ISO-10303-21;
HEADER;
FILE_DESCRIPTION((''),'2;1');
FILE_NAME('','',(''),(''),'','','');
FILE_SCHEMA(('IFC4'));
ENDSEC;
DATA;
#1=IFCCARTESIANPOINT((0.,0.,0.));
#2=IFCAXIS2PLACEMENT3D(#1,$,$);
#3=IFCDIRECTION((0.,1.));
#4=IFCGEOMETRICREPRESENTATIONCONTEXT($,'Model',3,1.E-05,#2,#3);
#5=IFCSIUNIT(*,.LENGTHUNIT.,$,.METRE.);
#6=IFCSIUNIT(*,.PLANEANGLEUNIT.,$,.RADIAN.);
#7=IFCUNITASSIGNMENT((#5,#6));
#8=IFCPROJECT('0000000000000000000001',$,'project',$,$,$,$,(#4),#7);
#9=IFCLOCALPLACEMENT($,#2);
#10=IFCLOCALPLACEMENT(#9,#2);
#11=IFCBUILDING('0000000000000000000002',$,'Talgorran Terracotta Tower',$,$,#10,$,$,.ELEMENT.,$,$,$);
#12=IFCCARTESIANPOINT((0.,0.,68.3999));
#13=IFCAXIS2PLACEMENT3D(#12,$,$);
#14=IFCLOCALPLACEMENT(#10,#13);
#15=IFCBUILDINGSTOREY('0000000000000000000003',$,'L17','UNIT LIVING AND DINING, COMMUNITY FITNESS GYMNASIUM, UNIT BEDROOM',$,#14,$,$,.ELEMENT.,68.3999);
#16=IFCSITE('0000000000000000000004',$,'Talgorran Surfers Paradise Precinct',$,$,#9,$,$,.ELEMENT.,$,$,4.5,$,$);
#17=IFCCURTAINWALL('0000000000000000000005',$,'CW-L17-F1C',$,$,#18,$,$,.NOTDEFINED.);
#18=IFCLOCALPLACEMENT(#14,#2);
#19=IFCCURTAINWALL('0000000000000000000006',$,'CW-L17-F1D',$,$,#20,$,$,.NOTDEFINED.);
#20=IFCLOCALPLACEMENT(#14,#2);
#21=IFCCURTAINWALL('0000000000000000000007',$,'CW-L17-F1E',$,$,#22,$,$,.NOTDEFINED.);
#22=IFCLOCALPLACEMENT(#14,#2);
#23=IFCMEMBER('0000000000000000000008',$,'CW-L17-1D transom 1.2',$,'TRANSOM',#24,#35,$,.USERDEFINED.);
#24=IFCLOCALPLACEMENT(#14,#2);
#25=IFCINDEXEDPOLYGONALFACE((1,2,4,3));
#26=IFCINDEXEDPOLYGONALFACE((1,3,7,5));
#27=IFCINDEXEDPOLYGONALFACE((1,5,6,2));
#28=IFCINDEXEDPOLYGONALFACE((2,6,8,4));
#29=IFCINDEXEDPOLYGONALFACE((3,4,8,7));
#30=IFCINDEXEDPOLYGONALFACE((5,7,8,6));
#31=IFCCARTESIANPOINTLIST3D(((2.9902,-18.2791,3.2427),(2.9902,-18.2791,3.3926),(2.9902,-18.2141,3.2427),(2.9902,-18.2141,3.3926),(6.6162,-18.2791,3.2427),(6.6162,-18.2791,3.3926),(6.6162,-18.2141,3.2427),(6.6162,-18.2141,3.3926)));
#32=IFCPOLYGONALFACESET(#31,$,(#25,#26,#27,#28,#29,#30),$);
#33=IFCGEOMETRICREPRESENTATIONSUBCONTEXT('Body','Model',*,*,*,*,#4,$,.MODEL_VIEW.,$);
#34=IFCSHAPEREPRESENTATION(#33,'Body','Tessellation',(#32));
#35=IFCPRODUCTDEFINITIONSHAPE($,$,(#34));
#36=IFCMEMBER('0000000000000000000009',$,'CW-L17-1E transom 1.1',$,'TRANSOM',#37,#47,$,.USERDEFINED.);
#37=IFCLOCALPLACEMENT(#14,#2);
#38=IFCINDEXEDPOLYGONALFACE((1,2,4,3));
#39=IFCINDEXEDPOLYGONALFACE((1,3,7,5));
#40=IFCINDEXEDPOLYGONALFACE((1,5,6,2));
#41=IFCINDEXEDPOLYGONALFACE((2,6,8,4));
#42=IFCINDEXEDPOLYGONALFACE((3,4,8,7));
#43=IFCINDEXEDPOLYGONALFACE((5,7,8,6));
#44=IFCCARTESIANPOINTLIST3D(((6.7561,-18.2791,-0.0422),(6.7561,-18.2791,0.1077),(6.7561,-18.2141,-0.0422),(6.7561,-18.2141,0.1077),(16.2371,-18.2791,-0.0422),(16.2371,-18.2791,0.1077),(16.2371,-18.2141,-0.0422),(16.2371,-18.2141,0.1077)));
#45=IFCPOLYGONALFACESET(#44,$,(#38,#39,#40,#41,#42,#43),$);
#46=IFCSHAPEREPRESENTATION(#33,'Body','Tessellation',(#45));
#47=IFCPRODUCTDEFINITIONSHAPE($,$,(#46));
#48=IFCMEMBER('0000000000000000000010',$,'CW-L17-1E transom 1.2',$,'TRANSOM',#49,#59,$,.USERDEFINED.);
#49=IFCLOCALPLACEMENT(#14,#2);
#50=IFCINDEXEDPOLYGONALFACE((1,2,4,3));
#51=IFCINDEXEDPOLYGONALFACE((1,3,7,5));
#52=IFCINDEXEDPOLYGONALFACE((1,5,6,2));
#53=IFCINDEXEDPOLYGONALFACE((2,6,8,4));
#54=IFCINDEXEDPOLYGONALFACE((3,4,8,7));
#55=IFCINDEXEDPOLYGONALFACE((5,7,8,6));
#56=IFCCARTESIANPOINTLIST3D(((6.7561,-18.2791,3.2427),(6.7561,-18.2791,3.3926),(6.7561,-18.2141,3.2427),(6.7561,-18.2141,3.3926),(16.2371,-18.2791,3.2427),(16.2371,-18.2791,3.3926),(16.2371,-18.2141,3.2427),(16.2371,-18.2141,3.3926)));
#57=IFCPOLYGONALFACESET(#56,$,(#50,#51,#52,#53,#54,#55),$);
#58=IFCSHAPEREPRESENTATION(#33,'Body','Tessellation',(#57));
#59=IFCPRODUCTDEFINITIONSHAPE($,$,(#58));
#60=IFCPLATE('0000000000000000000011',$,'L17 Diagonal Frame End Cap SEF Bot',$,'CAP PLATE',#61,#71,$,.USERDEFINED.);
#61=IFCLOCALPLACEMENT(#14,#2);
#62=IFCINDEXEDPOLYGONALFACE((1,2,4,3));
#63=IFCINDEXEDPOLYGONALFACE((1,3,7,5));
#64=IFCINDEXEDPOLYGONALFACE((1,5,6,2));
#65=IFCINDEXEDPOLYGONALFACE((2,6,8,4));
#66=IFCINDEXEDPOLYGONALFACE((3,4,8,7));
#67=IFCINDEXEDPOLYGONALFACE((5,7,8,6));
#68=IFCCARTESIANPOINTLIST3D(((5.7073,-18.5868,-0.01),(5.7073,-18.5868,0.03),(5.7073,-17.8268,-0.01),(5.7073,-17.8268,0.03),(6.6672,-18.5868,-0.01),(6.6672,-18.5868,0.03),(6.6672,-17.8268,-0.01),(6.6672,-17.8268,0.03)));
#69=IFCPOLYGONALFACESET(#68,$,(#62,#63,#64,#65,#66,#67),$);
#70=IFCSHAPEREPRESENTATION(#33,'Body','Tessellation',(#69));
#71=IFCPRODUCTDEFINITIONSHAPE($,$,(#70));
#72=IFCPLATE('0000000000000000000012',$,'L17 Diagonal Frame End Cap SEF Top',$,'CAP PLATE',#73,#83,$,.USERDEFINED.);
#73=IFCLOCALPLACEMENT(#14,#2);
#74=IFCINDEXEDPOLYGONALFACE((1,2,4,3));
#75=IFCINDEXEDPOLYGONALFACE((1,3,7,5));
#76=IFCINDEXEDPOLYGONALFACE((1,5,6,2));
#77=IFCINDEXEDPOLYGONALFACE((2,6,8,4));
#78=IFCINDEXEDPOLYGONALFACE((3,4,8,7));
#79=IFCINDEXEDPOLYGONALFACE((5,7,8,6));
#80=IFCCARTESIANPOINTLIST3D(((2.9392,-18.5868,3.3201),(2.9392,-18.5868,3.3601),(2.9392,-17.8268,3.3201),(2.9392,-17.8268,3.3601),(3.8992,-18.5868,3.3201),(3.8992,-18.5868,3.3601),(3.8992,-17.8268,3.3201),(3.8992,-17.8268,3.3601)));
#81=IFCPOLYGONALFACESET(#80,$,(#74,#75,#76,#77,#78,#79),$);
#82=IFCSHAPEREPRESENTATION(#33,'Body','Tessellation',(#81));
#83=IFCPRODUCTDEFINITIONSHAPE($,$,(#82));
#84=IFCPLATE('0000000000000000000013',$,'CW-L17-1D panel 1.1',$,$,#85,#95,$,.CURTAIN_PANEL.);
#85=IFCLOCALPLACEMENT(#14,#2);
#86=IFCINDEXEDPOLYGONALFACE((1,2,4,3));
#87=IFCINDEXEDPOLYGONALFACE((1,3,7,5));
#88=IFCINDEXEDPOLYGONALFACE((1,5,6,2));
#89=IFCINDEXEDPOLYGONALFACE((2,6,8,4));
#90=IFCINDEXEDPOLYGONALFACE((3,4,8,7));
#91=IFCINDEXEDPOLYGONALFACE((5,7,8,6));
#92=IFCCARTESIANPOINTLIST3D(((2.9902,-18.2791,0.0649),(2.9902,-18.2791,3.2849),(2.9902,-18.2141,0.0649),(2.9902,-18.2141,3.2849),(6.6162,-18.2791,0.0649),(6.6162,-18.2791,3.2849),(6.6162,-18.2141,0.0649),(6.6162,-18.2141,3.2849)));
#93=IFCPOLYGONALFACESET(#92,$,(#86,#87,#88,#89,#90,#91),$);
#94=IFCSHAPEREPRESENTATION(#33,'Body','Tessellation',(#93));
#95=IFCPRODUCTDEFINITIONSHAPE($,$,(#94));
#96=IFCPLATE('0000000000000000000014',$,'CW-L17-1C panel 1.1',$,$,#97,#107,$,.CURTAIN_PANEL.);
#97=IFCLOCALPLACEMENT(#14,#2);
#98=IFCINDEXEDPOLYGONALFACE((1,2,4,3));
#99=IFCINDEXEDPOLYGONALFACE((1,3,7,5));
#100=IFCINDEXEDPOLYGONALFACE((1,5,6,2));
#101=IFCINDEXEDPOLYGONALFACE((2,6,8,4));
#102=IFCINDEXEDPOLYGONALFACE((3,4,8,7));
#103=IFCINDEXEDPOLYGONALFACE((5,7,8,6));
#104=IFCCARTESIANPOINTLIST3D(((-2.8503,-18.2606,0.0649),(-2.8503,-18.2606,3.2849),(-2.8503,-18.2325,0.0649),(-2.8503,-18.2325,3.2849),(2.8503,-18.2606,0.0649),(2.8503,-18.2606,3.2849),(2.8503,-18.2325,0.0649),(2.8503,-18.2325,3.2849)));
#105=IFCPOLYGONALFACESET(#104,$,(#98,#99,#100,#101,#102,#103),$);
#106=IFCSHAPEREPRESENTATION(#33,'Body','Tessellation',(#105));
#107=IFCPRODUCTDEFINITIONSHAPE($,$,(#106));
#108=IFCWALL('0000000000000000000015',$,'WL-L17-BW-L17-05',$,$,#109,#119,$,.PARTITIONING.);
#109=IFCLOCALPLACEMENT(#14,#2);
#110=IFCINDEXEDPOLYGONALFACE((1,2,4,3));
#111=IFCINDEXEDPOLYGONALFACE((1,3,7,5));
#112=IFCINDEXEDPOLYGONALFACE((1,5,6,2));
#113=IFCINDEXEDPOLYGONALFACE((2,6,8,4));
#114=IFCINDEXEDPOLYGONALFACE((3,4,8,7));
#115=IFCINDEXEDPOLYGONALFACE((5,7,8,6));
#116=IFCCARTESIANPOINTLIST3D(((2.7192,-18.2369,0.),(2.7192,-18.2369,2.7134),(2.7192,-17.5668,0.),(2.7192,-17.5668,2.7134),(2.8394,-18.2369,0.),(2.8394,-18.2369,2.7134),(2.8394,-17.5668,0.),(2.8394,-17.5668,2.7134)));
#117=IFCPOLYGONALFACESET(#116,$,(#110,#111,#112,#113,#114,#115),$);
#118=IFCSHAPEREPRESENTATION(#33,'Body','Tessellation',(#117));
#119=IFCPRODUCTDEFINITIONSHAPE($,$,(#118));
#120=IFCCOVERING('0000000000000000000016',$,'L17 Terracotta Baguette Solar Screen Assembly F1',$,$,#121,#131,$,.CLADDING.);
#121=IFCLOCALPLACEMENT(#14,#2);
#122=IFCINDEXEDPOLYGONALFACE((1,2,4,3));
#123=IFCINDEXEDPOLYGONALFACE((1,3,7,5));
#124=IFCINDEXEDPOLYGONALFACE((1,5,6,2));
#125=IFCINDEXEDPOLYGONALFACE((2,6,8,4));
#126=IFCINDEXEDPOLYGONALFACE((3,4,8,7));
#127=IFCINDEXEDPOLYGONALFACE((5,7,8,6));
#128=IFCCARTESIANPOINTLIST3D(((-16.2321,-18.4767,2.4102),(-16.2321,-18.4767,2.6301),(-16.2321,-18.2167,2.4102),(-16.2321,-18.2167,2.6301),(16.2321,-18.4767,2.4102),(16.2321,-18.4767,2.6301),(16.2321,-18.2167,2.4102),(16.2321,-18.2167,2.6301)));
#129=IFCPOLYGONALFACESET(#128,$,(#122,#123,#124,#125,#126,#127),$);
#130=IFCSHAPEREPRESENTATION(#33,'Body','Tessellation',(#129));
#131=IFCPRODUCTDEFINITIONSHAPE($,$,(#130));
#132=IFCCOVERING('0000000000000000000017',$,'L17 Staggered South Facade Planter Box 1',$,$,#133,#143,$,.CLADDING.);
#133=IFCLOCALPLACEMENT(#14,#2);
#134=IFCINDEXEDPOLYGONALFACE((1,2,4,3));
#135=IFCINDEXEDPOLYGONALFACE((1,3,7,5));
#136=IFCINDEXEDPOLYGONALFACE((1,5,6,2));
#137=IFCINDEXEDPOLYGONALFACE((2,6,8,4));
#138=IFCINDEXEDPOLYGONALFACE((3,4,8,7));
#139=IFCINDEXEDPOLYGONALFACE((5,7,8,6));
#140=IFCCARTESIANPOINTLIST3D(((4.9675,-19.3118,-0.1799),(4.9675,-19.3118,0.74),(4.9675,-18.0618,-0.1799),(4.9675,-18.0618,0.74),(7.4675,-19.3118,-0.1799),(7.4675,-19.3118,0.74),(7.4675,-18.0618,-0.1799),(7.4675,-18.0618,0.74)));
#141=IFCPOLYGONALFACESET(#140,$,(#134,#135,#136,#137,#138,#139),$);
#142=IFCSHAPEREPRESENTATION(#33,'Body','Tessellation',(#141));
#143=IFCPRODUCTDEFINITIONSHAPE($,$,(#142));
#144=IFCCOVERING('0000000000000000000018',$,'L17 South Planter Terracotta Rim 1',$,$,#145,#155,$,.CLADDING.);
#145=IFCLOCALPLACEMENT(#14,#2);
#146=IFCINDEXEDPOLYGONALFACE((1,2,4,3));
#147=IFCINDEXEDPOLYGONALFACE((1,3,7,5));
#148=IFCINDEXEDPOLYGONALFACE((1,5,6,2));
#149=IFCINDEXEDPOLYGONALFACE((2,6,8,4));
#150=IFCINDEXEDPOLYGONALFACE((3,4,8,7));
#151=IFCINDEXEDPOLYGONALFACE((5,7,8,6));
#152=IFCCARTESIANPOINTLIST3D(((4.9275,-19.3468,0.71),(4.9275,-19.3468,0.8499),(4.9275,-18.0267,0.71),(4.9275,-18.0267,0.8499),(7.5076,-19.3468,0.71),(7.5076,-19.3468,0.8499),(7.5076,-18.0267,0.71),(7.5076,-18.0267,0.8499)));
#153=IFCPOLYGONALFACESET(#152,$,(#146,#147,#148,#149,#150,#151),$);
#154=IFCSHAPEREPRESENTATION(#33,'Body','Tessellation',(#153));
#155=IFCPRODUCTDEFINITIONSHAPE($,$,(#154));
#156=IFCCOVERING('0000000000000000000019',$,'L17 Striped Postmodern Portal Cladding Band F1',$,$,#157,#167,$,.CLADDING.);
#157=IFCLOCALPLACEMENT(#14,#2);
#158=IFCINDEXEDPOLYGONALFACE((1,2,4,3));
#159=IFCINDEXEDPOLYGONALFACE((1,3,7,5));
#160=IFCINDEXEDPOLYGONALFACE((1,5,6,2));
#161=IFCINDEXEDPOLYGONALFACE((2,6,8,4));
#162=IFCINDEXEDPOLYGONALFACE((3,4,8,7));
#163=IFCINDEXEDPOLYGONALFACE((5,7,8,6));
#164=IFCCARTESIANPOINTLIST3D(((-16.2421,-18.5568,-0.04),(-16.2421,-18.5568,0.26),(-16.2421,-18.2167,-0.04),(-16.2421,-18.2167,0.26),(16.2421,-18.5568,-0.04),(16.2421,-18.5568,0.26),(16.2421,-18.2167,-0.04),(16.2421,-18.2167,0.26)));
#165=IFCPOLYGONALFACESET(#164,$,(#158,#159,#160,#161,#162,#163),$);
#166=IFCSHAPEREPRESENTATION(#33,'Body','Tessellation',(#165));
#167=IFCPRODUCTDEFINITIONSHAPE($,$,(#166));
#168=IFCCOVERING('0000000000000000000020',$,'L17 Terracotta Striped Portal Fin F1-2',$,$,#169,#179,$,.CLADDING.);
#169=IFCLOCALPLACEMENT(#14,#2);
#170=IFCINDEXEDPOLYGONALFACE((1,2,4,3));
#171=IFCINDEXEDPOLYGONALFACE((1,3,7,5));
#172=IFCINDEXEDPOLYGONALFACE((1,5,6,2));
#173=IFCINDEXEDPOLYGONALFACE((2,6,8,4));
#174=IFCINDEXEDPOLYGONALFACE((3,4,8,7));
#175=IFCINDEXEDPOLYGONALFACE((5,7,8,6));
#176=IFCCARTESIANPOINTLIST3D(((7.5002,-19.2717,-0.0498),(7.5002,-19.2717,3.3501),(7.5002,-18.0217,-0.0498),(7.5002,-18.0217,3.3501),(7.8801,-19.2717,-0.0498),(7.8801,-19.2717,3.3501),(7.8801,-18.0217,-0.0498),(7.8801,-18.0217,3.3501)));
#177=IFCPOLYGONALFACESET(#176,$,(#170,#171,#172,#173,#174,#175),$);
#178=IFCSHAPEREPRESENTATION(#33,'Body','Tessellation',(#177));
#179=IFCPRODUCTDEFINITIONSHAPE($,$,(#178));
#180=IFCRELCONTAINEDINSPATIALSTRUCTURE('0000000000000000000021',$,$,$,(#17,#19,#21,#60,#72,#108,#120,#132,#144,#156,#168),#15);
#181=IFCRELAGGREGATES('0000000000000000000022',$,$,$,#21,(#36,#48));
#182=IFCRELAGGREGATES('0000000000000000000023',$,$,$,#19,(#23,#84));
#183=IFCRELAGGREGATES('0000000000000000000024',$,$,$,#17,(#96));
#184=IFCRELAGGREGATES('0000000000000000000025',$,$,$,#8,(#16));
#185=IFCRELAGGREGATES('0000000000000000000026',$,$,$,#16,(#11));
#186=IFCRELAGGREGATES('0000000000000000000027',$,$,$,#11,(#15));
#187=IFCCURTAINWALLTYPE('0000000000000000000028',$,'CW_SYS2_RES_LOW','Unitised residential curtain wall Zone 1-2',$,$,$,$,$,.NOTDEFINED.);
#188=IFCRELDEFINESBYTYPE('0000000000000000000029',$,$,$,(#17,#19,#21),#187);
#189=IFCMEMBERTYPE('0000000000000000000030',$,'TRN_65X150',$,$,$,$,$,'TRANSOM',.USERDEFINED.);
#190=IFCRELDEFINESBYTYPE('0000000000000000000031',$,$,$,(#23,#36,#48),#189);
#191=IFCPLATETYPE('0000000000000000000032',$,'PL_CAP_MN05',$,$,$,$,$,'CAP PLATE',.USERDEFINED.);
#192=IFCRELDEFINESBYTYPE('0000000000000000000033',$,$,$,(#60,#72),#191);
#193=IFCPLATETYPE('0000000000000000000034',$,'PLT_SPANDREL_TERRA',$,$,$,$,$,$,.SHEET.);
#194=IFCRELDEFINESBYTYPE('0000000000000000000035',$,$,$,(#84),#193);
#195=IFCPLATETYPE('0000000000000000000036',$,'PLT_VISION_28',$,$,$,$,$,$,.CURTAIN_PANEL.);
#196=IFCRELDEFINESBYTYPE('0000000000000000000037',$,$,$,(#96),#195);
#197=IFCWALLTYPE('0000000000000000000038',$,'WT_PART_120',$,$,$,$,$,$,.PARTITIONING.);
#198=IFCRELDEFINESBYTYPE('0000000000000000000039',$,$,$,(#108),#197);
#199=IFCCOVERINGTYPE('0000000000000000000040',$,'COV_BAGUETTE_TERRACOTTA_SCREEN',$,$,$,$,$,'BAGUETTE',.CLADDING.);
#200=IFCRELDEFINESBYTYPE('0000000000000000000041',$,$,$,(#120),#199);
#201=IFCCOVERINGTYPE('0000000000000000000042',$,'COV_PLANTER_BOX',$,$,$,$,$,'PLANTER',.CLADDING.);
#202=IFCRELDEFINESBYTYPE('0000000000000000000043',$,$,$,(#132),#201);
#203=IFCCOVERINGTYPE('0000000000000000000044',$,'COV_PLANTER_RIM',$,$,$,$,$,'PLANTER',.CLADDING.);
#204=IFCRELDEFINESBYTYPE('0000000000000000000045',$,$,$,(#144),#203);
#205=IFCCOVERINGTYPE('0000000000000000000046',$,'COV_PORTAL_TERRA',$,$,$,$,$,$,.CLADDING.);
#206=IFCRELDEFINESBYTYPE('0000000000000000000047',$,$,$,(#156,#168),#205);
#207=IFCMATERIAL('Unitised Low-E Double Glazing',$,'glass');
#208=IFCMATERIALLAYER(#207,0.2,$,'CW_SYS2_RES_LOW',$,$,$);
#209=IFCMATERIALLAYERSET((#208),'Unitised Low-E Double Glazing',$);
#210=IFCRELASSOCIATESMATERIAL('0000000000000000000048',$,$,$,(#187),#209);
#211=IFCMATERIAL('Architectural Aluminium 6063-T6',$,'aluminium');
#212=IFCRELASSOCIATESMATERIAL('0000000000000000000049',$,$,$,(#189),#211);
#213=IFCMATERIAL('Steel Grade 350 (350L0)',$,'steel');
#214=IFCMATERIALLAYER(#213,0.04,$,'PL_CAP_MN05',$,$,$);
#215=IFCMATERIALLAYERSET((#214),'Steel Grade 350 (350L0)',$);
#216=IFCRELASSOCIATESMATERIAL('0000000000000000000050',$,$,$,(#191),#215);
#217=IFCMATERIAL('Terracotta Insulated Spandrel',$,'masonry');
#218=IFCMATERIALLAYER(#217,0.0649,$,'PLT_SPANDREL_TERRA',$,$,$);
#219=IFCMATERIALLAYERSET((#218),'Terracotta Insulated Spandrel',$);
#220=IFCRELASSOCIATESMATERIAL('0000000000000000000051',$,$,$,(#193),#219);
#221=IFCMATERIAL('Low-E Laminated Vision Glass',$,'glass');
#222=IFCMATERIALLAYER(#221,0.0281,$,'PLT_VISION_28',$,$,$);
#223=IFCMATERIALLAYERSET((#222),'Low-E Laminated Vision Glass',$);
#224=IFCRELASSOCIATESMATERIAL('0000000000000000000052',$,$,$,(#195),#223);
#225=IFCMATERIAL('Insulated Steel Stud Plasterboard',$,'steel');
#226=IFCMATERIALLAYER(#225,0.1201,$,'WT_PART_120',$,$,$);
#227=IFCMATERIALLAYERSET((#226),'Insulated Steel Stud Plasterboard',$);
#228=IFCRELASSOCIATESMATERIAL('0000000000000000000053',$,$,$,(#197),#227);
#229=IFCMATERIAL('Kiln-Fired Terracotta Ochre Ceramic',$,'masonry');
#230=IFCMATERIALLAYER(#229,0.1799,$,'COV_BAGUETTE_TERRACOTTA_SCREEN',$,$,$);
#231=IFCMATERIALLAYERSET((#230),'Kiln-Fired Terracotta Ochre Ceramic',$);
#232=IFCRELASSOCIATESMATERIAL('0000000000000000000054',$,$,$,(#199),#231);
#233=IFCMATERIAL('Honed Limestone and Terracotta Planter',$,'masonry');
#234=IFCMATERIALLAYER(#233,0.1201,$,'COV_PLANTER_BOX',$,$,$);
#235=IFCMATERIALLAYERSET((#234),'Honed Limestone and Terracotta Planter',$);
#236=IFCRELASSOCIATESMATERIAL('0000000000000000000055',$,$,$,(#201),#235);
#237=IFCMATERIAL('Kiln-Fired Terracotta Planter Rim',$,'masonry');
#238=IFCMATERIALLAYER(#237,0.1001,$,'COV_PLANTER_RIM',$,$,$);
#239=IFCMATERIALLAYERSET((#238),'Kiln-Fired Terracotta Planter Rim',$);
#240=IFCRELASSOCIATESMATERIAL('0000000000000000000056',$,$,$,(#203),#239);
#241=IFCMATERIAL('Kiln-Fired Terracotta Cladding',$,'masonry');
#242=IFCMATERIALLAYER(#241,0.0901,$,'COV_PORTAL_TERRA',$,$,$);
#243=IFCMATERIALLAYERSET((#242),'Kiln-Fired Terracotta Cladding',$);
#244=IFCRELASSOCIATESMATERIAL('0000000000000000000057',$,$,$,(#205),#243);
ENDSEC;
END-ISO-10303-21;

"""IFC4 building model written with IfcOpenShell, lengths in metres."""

from ifc_helpers import new_model, si_unit, direction, frame, frame_2d, origin, origin_2d, place, context, subcontext, project, spatial, rectangle, extrude, source, transform, mapped, material, layer, layer_set, material_profile, profile_set, type_object, type_shapes, element, aggregate, save


model = new_model("IFC4")

# Units and contexts
model_context = context("Model", 3, precision=1e-05, world=origin(), true_north=direction((0.0, 1.0)))
body_context = subcontext(model_context, "Body", "Model", "MODEL_VIEW")
ifc_project = project(units=[si_unit("LENGTHUNIT", "METRE"), si_unit("PLANEANGLEUNIT", "RADIAN")], contexts=[model_context])

# Site, building, storey
site_placement = place(None, origin())
site = spatial("IfcSite", under=ifc_project, at=site_placement, Name="Talgorran Surfers Paradise Precinct", CompositionType="ELEMENT", RefElevation=4.5)
building_placement = place(site_placement, origin())
building = spatial("IfcBuilding", under=site, at=building_placement, Name="Talgorran Terracotta Tower", CompositionType="ELEMENT")
storey_placement = place(building_placement, frame((0.0, 0.0, 68.3999)))
storey = spatial("IfcBuildingStorey", under=building, at=storey_placement, Name="L17", Description="UNIT LIVING AND DINING, COMMUNITY FITNESS GYMNASIUM, UNIT BEDROOM", CompositionType="ELEMENT", Elevation=68.3999)

# Shared definitions
ifc_material_1 = material(Name="Steel Grade 350 (350L0)", Category="steel")

# Curtain wall
ifc_material_2 = material(Name="Unitised Low-E Double Glazing", Category="glass")
ifc_layer_1 = layer(ifc_material_2, 0.2, Name="CW_SYS2_RES_LOW")
ifc_layer_set_1 = layer_set([ifc_layer_1], Name="Unitised Low-E Double Glazing")
curtain_wall_type = type_object("IfcCurtainWallType", Name="CW_SYS2_RES_LOW", Description="Unitised residential curtain wall Zone 1-2", PredefinedType="NOTDEFINED", material=ifc_layer_set_1)
curtain_wall_1_placement = place(storey_placement, origin())
curtain_wall_1 = element("IfcCurtainWall", 1, at=curtain_wall_1_placement, inside=storey, type_object=curtain_wall_type, Name="CW-L17-F1C", PredefinedType="NOTDEFINED")
ifc_material_3 = material(Name="Architectural Aluminium 6063-T6", Category="aluminium")

# Curtain wall
curtain_wall_2_placement = place(storey_placement, origin())
curtain_wall_2 = element("IfcCurtainWall", 2, at=curtain_wall_2_placement, inside=storey, type_object=curtain_wall_type, Name="CW-L17-F1D", PredefinedType="NOTDEFINED")

# Curtain wall
curtain_wall_3_placement = place(storey_placement, origin())
curtain_wall_3 = element("IfcCurtainWall", 3, at=curtain_wall_3_placement, inside=storey, type_object=curtain_wall_type, Name="CW-L17-F1E", PredefinedType="NOTDEFINED")

# Members
ifc_material_profile_1 = material_profile(ifc_material_3, rectangle(XDim=0.0649, YDim=0.1499, at=origin_2d()), Name="CWT65X150")
ifc_profile_set_1 = profile_set([ifc_material_profile_1], Name="Architectural Aluminium 6063-T6")
member_type_1 = type_object("IfcMemberType", Name="TRN_65X150", ElementType="TRANSOM", PredefinedType="USERDEFINED", material=ifc_profile_set_1)
member_1_placement = place(storey_placement, frame((2.9902, -18.2466, 3.3176), z_axis=(1.0, 0.0, 0.0), x_axis=(0.0, 1.0, 0.0)))
member_1 = element("IfcMember", 4, at=member_1_placement, type_object=member_type_1, Name="CW-L17-1D transom 1.2", ObjectType="TRANSOM", PredefinedType="USERDEFINED", context=body_context, shape_type="SweptSolid", body=[
    extrude(rectangle(XDim=0.0649, YDim=0.1499, at=origin_2d()), origin(), (0.0, 0.0, 1.0), 3.626),
])
member_2_placement = place(storey_placement, frame((6.7561, -18.2466, 0.0327), z_axis=(1.0, 0.0, 0.0), x_axis=(0.0, 1.0, 0.0)))
member_2 = element("IfcMember", 5, at=member_2_placement, type_object=member_type_1, Name="CW-L17-1E transom 1.1", ObjectType="TRANSOM", PredefinedType="USERDEFINED", context=body_context, shape_type="SweptSolid", body=[
    extrude(rectangle(XDim=0.0649, YDim=0.1499, at=origin_2d()), origin(), (0.0, 0.0, 1.0), 9.481),
])
member_3_placement = place(storey_placement, frame((6.7561, -18.2466, 3.3176), z_axis=(1.0, 0.0, 0.0), x_axis=(0.0, 1.0, 0.0)))
member_3 = element("IfcMember", 6, at=member_3_placement, type_object=member_type_1, Name="CW-L17-1E transom 1.2", ObjectType="TRANSOM", PredefinedType="USERDEFINED", context=body_context, shape_type="SweptSolid", body=[
    extrude(rectangle(XDim=0.0649, YDim=0.1499, at=origin_2d()), origin(), (0.0, 0.0, 1.0), 9.481),
])
aggregate(curtain_wall_3, [member_2, member_3])

# Plates
ifc_layer_2 = layer(ifc_material_1, 0.04, Name="PL_CAP_MN05")
ifc_layer_set_2 = layer_set([ifc_layer_2], Name="Steel Grade 350 (350L0)")
plate_type_1 = type_object("IfcPlateType", Name="PL_CAP_MN05", ElementType="CAP PLATE", PredefinedType="USERDEFINED", material=ifc_layer_set_2)
for number, where, z_axis, x_axis, name in (
    (7, (6.1873, -18.2068, -0.01), (0.0, 0.0, 1.0), (-1.0, 0.0, 0.0), "L17 Diagonal Frame End Cap SEF Bot"),
    (8, (3.4192, -18.2068, 3.3201), (0.0, 0.0, 1.0), (-1.0, 0.0, 0.0), "L17 Diagonal Frame End Cap SEF Top"),
):
    element("IfcPlate", number, at=place(storey_placement, frame(where, z_axis=z_axis, x_axis=x_axis)), inside=storey, type_object=plate_type_1, Name=name, ObjectType="CAP PLATE", PredefinedType="USERDEFINED", context=body_context, shape_type="SweptSolid", body=[
        extrude(rectangle(XDim=0.96, YDim=0.76, at=origin_2d()), origin(), (0.0, 0.0, 1.0), 0.04),
    ])

# Plates
ifc_material_4 = material(Name="Terracotta Insulated Spandrel", Category="masonry")
ifc_layer_3 = layer(ifc_material_4, 0.0649, Name="PLT_SPANDREL_TERRA")
ifc_layer_set_3 = layer_set([ifc_layer_3], Name="Terracotta Insulated Spandrel")
plate_type_2 = type_object("IfcPlateType", Name="PLT_SPANDREL_TERRA", PredefinedType="SHEET", material=ifc_layer_set_3)
shared_shape_1 = source(origin(), body_context, "Body", "SweptSolid", [
    extrude(rectangle(XDim=3.626, YDim=0.0649, at=origin_2d()), origin(), (0.0, 0.0, 1.0), 3.22),
])
type_shapes(plate_type_2, [shared_shape_1])
plate_1_placement = place(storey_placement, frame((4.8032, -18.2466, 0.0649), z_axis=(0.0, 0.0, 1.0), x_axis=(1.0, 0.0, 0.0)))
plate_1 = element("IfcPlate", 9, at=plate_1_placement, type_object=plate_type_2, Name="CW-L17-1D panel 1.1", PredefinedType="CURTAIN_PANEL", context=body_context, shape_type="MappedRepresentation", body=[
    mapped(shared_shape_1, transform((0.0, 0.0, 0.0), scale=1.0)),
])
aggregate(curtain_wall_2, [member_1, plate_1])
ifc_material_5 = material(Name="Low-E Laminated Vision Glass", Category="glass")
ifc_layer_4 = layer(ifc_material_5, 0.0281, Name="PLT_VISION_28")
ifc_layer_set_4 = layer_set([ifc_layer_4], Name="Low-E Laminated Vision Glass")
plate_type_3 = type_object("IfcPlateType", Name="PLT_VISION_28", PredefinedType="CURTAIN_PANEL", material=ifc_layer_set_4)
shared_shape_2 = source(origin(), body_context, "Body", "SweptSolid", [
    extrude(rectangle(XDim=5.7007, YDim=0.0281, at=origin_2d()), origin(), (0.0, 0.0, 1.0), 3.22),
])
type_shapes(plate_type_3, [shared_shape_2])
plate_2_placement = place(storey_placement, frame((0.0, -18.2466, 0.0649), z_axis=(0.0, 0.0, 1.0), x_axis=(1.0, 0.0, 0.0)))
plate_2 = element("IfcPlate", 10, at=plate_2_placement, type_object=plate_type_3, Name="CW-L17-1C panel 1.1", PredefinedType="CURTAIN_PANEL", context=body_context, shape_type="MappedRepresentation", body=[
    mapped(shared_shape_2, transform((0.0, 0.0, 0.0), scale=1.0)),
])
aggregate(curtain_wall_1, [plate_2])

# Wall
ifc_material_6 = material(Name="Insulated Steel Stud Plasterboard", Category="steel")
ifc_layer_5 = layer(ifc_material_6, 0.1201, Name="WT_PART_120")
ifc_layer_set_5 = layer_set([ifc_layer_5], Name="Insulated Steel Stud Plasterboard")
wall_type = type_object("IfcWallType", Name="WT_PART_120", PredefinedType="PARTITIONING", material=ifc_layer_set_5)
wall_placement = place(storey_placement, frame((2.7793, -18.2368, 0.0), z_axis=(0.0, 0.0, 1.0), x_axis=(0.0, 1.0, 0.0)))
element("IfcWall", 11, at=wall_placement, inside=storey, type_object=wall_type, Name="WL-L17-BW-L17-05", PredefinedType="PARTITIONING", context=body_context, shape_type="SweptSolid", body=[
    extrude(rectangle(XDim=0.6702, YDim=0.1201, at=frame_2d((0.335, 0.0))), origin(), (0.0, 0.0, 1.0), 2.7134),
])

# Coverings
ifc_material_7 = material(Name="Kiln-Fired Terracotta Ochre Ceramic", Category="masonry")
ifc_layer_6 = layer(ifc_material_7, 0.1799, Name="COV_BAGUETTE_TERRACOTTA_SCREEN")
ifc_layer_set_6 = layer_set([ifc_layer_6], Name="Kiln-Fired Terracotta Ochre Ceramic")
covering_type_1 = type_object("IfcCoveringType", Name="COV_BAGUETTE_TERRACOTTA_SCREEN", ElementType="BAGUETTE", PredefinedType="CLADDING", material=ifc_layer_set_6)
covering_1_placement = place(storey_placement, frame((0.0, -18.3467, 2.4102), z_axis=(0.0, 0.0, 1.0), x_axis=(1.0, 0.0, 0.0)))
element("IfcCovering", 12, at=covering_1_placement, inside=storey, type_object=covering_type_1, Name="L17 Terracotta Baguette Solar Screen Assembly F1", PredefinedType="CLADDING", context=body_context, shape_type="SweptSolid", body=[
    extrude(rectangle(XDim=32.4641, YDim=0.26, at=origin_2d()), origin(), (0.0, 0.0, 1.0), 0.22),
])
ifc_material_8 = material(Name="Honed Limestone and Terracotta Planter", Category="masonry")
ifc_layer_7 = layer(ifc_material_8, 0.1201, Name="COV_PLANTER_BOX")
ifc_layer_set_7 = layer_set([ifc_layer_7], Name="Honed Limestone and Terracotta Planter")
covering_type_2 = type_object("IfcCoveringType", Name="COV_PLANTER_BOX", ElementType="PLANTER", PredefinedType="CLADDING", material=ifc_layer_set_7)
covering_2_placement = place(storey_placement, frame((6.2175, -18.6868, -0.1799), z_axis=(0.0, 0.0, 1.0), x_axis=(1.0, 0.0, 0.0)))
element("IfcCovering", 13, at=covering_2_placement, inside=storey, type_object=covering_type_2, Name="L17 Staggered South Facade Planter Box 1", PredefinedType="CLADDING", context=body_context, shape_type="SweptSolid", body=[
    extrude(rectangle(XDim=2.5, YDim=1.25, at=origin_2d()), origin(), (0.0, 0.0, 1.0), 0.9199),
])
ifc_material_9 = material(Name="Kiln-Fired Terracotta Planter Rim", Category="masonry")
ifc_layer_8 = layer(ifc_material_9, 0.1001, Name="COV_PLANTER_RIM")
ifc_layer_set_8 = layer_set([ifc_layer_8], Name="Kiln-Fired Terracotta Planter Rim")
covering_type_3 = type_object("IfcCoveringType", Name="COV_PLANTER_RIM", ElementType="PLANTER", PredefinedType="CLADDING", material=ifc_layer_set_8)
covering_3_placement = place(storey_placement, frame((6.2175, -18.6868, 0.71), z_axis=(0.0, 0.0, 1.0), x_axis=(1.0, 0.0, 0.0)))
element("IfcCovering", 14, at=covering_3_placement, inside=storey, type_object=covering_type_3, Name="L17 South Planter Terracotta Rim 1", PredefinedType="CLADDING", context=body_context, shape_type="SweptSolid", body=[
    extrude(rectangle(XDim=2.5801, YDim=1.3201, at=origin_2d()), origin(), (0.0, 0.0, 1.0), 0.1399),
])
ifc_material_10 = material(Name="Kiln-Fired Terracotta Cladding", Category="masonry")
ifc_layer_9 = layer(ifc_material_10, 0.0901, Name="COV_PORTAL_TERRA")
ifc_layer_set_9 = layer_set([ifc_layer_9], Name="Kiln-Fired Terracotta Cladding")
covering_type_4 = type_object("IfcCoveringType", Name="COV_PORTAL_TERRA", PredefinedType="CLADDING", material=ifc_layer_set_9)
covering_4_placement = place(storey_placement, frame((0.0, -18.3867, -0.04), z_axis=(0.0, 0.0, 1.0), x_axis=(1.0, 0.0, 0.0)))
element("IfcCovering", 15, at=covering_4_placement, inside=storey, type_object=covering_type_4, Name="L17 Striped Postmodern Portal Cladding Band F1", PredefinedType="CLADDING", context=body_context, shape_type="SweptSolid", body=[
    extrude(rectangle(XDim=32.4841, YDim=0.3401, at=origin_2d()), origin(), (0.0, 0.0, 1.0), 0.3),
])
covering_5_placement = place(storey_placement, frame((7.6902, -18.6467, -0.0498), z_axis=(0.0, 0.0, 1.0), x_axis=(1.0, 0.0, 0.0)))
element("IfcCovering", 16, at=covering_5_placement, inside=storey, type_object=covering_type_4, Name="L17 Terracotta Striped Portal Fin F1-2", PredefinedType="CLADDING", context=body_context, shape_type="SweptSolid", body=[
    extrude(rectangle(XDim=0.3799, YDim=1.25, at=origin_2d()), origin(), (0.0, 0.0, 1.0), 3.3999),
])

save(model, "model.ifc")
